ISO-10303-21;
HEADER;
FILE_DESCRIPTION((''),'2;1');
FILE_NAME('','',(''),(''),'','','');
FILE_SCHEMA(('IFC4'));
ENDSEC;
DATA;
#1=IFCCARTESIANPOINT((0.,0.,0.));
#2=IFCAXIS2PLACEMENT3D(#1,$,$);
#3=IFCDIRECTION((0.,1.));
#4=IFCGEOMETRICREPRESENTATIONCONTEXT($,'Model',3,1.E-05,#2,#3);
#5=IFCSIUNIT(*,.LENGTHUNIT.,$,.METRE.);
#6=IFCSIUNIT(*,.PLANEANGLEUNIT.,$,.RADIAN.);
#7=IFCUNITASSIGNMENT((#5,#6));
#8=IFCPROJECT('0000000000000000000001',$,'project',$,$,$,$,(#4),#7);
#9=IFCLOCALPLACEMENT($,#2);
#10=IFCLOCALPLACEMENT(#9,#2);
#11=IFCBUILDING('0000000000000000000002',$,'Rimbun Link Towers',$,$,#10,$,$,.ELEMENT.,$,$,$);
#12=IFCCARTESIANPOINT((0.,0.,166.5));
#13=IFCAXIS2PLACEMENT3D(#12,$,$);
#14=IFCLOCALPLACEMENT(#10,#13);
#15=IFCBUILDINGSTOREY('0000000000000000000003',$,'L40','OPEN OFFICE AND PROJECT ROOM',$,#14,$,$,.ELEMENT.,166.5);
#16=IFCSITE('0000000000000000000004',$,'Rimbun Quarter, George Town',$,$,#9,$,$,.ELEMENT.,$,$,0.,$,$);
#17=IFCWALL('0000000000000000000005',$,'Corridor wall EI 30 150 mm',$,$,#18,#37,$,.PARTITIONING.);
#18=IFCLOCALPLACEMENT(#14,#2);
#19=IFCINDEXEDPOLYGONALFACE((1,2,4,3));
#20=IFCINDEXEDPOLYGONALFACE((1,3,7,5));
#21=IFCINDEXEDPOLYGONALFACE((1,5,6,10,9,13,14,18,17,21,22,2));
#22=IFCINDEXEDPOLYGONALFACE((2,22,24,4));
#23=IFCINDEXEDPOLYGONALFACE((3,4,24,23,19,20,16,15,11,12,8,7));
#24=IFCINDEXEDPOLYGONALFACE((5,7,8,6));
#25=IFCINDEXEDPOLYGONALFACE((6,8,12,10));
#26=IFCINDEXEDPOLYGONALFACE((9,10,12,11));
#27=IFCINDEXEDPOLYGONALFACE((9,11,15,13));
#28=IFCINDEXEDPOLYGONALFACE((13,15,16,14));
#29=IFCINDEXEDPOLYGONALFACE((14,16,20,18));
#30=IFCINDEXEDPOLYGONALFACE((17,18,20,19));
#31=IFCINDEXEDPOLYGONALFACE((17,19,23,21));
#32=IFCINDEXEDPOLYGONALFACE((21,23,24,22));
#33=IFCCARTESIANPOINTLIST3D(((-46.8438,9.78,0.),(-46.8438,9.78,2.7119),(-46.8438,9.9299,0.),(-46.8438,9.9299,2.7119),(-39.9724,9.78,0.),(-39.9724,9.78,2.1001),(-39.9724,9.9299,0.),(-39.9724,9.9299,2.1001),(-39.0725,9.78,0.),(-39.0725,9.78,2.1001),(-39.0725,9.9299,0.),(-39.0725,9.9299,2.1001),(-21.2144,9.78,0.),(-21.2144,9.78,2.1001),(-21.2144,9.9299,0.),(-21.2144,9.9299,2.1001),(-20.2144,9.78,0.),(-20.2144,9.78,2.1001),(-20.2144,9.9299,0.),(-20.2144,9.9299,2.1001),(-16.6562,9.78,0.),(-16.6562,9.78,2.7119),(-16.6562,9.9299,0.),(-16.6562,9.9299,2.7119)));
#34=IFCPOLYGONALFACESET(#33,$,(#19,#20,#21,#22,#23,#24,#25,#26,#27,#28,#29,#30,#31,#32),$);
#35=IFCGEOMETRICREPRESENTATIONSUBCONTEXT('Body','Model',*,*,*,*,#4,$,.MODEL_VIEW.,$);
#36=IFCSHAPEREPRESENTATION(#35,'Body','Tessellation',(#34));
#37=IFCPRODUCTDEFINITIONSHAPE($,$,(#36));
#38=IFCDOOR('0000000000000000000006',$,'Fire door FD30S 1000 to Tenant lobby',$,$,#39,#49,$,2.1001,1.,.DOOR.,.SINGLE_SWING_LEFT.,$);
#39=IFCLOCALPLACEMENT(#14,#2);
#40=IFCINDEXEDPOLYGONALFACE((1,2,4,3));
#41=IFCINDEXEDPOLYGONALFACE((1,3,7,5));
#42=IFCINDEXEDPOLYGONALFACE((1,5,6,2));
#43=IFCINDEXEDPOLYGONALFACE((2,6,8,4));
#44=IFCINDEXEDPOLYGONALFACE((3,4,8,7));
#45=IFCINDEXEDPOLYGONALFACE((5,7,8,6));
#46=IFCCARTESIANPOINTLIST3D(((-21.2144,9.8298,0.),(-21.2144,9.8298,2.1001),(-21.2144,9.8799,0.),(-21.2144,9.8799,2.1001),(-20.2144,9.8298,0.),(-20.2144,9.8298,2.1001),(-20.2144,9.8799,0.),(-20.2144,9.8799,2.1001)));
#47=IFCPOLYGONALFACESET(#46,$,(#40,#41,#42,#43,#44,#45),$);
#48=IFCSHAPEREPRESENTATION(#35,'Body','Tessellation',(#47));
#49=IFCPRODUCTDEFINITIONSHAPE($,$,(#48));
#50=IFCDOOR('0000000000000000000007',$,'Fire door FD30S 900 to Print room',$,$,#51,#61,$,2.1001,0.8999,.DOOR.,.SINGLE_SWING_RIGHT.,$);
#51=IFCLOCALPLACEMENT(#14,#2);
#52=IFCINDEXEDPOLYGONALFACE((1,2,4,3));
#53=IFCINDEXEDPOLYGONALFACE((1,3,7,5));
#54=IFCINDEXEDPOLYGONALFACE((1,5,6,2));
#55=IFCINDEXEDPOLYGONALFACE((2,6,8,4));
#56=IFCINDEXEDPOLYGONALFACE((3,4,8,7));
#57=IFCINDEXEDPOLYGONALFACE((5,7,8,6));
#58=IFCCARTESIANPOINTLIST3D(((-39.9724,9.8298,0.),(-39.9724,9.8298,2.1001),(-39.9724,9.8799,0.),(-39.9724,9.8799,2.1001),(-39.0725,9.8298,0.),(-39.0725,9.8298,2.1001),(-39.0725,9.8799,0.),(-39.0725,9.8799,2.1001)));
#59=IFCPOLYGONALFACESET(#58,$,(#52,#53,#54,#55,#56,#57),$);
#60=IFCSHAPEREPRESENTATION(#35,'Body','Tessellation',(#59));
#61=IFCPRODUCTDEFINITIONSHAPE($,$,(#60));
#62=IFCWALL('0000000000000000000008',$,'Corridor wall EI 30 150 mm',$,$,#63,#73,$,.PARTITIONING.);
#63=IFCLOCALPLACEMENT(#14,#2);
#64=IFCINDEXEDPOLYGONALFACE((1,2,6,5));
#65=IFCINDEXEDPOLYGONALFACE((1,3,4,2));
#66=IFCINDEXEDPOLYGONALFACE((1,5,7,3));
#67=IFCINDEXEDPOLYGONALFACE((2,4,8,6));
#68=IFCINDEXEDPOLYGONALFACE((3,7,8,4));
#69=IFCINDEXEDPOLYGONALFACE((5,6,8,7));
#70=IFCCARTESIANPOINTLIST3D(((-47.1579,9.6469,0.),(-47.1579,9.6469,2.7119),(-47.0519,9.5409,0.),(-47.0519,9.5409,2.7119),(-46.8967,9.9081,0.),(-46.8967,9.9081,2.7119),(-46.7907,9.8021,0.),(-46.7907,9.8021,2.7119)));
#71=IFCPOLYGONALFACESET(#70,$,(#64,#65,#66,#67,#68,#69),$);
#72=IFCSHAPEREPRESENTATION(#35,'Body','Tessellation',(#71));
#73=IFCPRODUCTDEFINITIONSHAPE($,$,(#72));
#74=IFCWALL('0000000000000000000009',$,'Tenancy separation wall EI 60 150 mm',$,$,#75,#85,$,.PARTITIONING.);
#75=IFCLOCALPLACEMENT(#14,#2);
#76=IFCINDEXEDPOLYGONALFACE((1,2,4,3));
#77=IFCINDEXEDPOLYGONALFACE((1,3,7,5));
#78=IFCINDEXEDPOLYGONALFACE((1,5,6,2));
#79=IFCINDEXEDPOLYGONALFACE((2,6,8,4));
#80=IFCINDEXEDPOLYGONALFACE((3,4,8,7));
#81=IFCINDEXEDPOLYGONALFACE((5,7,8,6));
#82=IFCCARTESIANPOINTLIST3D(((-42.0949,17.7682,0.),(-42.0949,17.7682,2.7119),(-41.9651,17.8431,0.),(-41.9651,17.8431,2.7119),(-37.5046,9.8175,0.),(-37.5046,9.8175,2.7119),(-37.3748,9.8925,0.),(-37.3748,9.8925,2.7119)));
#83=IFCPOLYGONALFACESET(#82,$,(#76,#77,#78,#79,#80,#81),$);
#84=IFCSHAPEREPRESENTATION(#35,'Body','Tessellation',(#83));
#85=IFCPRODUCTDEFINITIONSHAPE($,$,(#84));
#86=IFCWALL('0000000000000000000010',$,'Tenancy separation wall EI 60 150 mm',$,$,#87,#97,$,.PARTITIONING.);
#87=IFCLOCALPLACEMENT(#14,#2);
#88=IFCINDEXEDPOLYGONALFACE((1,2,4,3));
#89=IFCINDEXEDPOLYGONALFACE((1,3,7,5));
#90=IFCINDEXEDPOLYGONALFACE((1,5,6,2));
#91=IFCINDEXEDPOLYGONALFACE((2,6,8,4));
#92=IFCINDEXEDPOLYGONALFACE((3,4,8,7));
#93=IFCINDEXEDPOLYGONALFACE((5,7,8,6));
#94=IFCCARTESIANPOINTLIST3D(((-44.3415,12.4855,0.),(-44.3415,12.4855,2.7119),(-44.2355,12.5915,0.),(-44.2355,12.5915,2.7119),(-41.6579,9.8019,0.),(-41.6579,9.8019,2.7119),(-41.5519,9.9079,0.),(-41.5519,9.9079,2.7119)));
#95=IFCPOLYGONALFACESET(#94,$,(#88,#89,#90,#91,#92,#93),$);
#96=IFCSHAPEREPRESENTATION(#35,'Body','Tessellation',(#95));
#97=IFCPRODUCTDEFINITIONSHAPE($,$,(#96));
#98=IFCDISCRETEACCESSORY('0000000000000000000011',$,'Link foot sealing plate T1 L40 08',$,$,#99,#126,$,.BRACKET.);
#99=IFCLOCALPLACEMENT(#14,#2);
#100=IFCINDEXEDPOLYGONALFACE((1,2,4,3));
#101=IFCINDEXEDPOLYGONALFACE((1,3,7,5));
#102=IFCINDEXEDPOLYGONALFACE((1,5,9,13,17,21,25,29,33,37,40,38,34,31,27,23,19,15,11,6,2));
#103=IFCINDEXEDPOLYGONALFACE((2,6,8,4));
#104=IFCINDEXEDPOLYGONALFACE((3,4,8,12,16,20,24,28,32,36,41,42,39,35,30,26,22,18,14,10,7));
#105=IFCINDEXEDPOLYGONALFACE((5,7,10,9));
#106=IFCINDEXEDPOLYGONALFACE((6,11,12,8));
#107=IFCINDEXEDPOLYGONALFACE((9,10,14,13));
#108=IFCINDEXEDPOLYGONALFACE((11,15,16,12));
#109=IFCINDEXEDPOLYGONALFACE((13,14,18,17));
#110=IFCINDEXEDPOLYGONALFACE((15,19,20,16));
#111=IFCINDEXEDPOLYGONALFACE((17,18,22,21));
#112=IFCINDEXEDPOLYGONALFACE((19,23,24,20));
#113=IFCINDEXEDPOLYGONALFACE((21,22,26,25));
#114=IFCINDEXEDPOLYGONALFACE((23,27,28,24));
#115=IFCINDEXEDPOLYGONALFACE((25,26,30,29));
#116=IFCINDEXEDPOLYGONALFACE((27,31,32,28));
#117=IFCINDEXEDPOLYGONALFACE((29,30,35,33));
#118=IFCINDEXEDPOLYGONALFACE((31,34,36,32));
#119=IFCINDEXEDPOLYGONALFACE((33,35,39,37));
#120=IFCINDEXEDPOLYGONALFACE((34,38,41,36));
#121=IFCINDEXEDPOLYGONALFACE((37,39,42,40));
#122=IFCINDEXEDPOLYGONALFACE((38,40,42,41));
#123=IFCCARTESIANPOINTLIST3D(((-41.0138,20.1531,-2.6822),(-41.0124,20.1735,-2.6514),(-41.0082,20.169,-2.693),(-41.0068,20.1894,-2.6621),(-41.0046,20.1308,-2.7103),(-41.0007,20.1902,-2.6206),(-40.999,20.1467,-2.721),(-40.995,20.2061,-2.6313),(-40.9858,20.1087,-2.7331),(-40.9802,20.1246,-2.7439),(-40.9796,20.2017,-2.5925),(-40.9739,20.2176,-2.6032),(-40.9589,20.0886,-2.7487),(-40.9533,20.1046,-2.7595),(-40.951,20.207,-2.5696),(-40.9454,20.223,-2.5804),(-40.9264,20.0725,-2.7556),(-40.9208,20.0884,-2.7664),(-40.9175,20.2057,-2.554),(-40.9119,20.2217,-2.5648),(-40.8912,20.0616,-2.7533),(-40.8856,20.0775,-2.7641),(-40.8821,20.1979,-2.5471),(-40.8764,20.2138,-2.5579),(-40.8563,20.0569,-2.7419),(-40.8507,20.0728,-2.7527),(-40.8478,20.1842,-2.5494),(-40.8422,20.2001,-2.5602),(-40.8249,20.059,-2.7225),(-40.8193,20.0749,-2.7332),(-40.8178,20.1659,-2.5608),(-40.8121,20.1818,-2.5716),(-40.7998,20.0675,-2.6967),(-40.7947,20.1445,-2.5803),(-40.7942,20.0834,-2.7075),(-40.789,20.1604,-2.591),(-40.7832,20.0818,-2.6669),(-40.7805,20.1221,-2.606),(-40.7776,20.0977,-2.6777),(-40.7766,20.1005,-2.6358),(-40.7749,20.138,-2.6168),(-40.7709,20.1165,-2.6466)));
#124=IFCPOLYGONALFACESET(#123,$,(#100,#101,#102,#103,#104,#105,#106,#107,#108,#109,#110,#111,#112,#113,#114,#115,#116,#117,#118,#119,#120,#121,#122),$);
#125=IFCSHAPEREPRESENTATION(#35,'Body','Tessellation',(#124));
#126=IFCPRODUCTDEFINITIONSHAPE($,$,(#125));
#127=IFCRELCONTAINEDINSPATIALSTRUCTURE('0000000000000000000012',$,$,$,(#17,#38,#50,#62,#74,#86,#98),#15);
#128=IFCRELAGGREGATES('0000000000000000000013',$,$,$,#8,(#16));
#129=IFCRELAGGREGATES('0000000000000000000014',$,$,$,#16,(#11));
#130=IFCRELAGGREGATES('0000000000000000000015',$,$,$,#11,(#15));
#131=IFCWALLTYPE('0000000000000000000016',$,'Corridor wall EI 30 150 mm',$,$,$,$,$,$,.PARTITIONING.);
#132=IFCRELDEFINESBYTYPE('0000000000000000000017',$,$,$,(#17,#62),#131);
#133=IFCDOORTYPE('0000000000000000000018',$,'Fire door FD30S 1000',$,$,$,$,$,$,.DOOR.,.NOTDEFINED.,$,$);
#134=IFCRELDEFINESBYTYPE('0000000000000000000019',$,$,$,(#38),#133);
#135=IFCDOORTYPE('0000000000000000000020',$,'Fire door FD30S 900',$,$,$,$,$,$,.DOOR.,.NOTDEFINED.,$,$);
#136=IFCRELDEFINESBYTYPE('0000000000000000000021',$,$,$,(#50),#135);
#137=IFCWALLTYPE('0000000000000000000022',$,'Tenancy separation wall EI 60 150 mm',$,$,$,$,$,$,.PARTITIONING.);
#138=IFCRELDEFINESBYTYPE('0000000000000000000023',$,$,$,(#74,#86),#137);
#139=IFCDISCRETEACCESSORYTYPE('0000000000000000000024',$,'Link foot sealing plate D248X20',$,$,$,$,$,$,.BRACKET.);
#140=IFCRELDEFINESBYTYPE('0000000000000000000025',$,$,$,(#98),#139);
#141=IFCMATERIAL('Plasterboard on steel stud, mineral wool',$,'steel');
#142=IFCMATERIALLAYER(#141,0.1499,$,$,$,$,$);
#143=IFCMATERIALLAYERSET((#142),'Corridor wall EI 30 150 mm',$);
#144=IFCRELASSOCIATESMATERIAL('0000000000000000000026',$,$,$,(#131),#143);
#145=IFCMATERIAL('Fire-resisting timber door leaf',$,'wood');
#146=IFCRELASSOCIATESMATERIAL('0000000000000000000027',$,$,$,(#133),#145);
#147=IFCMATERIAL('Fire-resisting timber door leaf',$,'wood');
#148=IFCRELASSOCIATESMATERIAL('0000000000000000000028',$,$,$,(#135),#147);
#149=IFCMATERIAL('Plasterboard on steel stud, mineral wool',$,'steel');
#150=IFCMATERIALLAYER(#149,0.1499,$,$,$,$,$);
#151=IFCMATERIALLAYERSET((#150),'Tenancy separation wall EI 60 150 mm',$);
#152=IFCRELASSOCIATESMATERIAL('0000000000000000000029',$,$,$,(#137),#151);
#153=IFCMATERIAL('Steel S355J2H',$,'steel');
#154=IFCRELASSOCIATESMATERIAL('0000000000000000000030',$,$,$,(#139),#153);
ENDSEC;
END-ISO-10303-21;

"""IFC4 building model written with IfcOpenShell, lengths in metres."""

from ifc_helpers import new_model, si_unit, direction, frame, frame_2d, origin, origin_2d, place, context, subcontext, project, spatial, rectangle, circle, extrude, material, layer, layer_set, material_profile, profile_set, type_object, element, fill, save


model = new_model("IFC4")

# Units and contexts
model_context = context("Model", 3, precision=1e-05, world=origin(), true_north=direction((0.0, 1.0)))
body_context = subcontext(model_context, "Body", "Model", "MODEL_VIEW")
ifc_project = project(units=[si_unit("LENGTHUNIT", "METRE"), si_unit("PLANEANGLEUNIT", "RADIAN")], contexts=[model_context])

# Site, building, storey
site_placement = place(None, origin())
site = spatial("IfcSite", under=ifc_project, at=site_placement, Name="Rimbun Quarter, George Town", CompositionType="ELEMENT", RefElevation=0.0)
building_placement = place(site_placement, origin())
building = spatial("IfcBuilding", under=site, at=building_placement, Name="Rimbun Link Towers", CompositionType="ELEMENT")
storey_placement = place(building_placement, frame((0.0, 0.0, 166.5)))
storey = spatial("IfcBuildingStorey", under=building, at=storey_placement, Name="L40", Description="OPEN OFFICE AND PROJECT ROOM", CompositionType="ELEMENT", Elevation=166.5)

# Wall, openings, doors
ifc_material_1 = material(Name="Plasterboard on steel stud, mineral wool", Category="steel")
ifc_layer_1 = layer(ifc_material_1, 0.1499)
ifc_layer_set_1 = layer_set([ifc_layer_1], Name="Corridor wall EI 30 150 mm")
wall_type_1 = type_object("IfcWallType", Name="Corridor wall EI 30 150 mm", PredefinedType="PARTITIONING", material=ifc_layer_set_1)
wall_1_placement = place(storey_placement, frame((-46.8438, 9.855, 0.0), z_axis=(0.0, 0.0, 1.0), x_axis=(1.0, 0.0, 0.0)))
wall_1 = element("IfcWall", 1, at=wall_1_placement, inside=storey, type_object=wall_type_1, Name="Corridor wall EI 30 150 mm", PredefinedType="PARTITIONING", context=body_context, shape_type="SweptSolid", body=[
    extrude(rectangle(XDim=30.1875, YDim=0.1499, at=frame_2d((15.0938, 0.0))), origin(), (0.0, 0.0, 1.0), 2.7119),
])
opening_1_placement = place(wall_1_placement, frame((25.6294, 0.0, 0.0)))
opening_1 = element("IfcOpeningElement", 2, at=opening_1_placement, cuts=wall_1, PredefinedType="OPENING", context=body_context, shape_type="SweptSolid", body=[
    extrude(rectangle(XDim=1.0, YDim=2.1001, at=frame_2d((0.5, 1.05))), frame((0.0, 0.085, 0.0), z_axis=(0.0, -1.0, 0.0), x_axis=(1.0, 0.0, 0.0)), (0.0, 0.0, 1.0), 0.1699),
])
opening_2_placement = place(wall_1_placement, frame((6.8713, 0.0, 0.0)))
opening_2 = element("IfcOpeningElement", 3, at=opening_2_placement, cuts=wall_1, PredefinedType="OPENING", context=body_context, shape_type="SweptSolid", body=[
    extrude(rectangle(XDim=0.8999, YDim=2.1001, at=frame_2d((0.45, 1.05))), frame((0.0, 0.085, 0.0), z_axis=(0.0, -1.0, 0.0), x_axis=(1.0, 0.0, 0.0)), (0.0, 0.0, 1.0), 0.1699),
])
ifc_material_2 = material(Name="Fire-resisting timber door leaf", Category="wood")
door_type_1 = type_object("IfcDoorType", Name="Fire door FD30S 1000", OperationType="NOTDEFINED", PredefinedType="DOOR", material=ifc_material_2)
door_1_placement = place(opening_1_placement, origin())
door_1 = element("IfcDoor", 4, at=door_1_placement, inside=storey, type_object=door_type_1, Name="Fire door FD30S 1000 to Tenant lobby", OperationType="SINGLE_SWING_LEFT", OverallHeight=2.1001, OverallWidth=1.0, PredefinedType="DOOR", context=body_context, shape_type="SweptSolid", body=[
    extrude(rectangle(XDim=1.0, YDim=2.1001, at=frame_2d((0.5, 1.05))), frame((0.0, 0.0249, 0.0), z_axis=(0.0, -1.0, 0.0), x_axis=(1.0, 0.0, 0.0)), (0.0, 0.0, 1.0), 0.05),
])
fill(opening_1, door_1)
ifc_material_3 = material(Name="Fire-resisting timber door leaf", Category="wood")
door_type_2 = type_object("IfcDoorType", Name="Fire door FD30S 900", OperationType="NOTDEFINED", PredefinedType="DOOR", material=ifc_material_3)
door_2_placement = place(opening_2_placement, origin())
door_2 = element("IfcDoor", 5, at=door_2_placement, inside=storey, type_object=door_type_2, Name="Fire door FD30S 900 to Print room", OperationType="SINGLE_SWING_RIGHT", OverallHeight=2.1001, OverallWidth=0.8999, PredefinedType="DOOR", context=body_context, shape_type="SweptSolid", body=[
    extrude(rectangle(XDim=0.8999, YDim=2.1001, at=frame_2d((0.45, 1.05))), frame((0.0, 0.0249, 0.0), z_axis=(0.0, -1.0, 0.0), x_axis=(1.0, 0.0, 0.0)), (0.0, 0.0, 1.0), 0.05),
])
fill(opening_2, door_2)

# Walls
wall_2_placement = place(storey_placement, frame((-46.8438, 9.855, 0.0), z_axis=(0.0, 0.0, 1.0), x_axis=(-0.707107, -0.707107, 0.0)))
element("IfcWall", 6, at=wall_2_placement, inside=storey, type_object=wall_type_1, Name="Corridor wall EI 30 150 mm", PredefinedType="PARTITIONING", context=body_context, shape_type="SweptSolid", body=[
    extrude(rectangle(XDim=0.3694, YDim=0.1499, at=frame_2d((0.1846, 0.0))), origin(), (0.0, 0.0, 1.0), 2.7119),
])
ifc_material_4 = material(Name="Plasterboard on steel stud, mineral wool", Category="steel")
ifc_layer_2 = layer(ifc_material_4, 0.1499)
ifc_layer_set_2 = layer_set([ifc_layer_2], Name="Tenancy separation wall EI 60 150 mm")
wall_type_2 = type_object("IfcWallType", Name="Tenancy separation wall EI 60 150 mm", PredefinedType="PARTITIONING", material=ifc_layer_set_2)
wall_3_placement = place(storey_placement, frame((-37.4397, 9.855, 0.0), z_axis=(0.0, 0.0, 1.0), x_axis=(-0.5, 0.866025, 0.0)))
element("IfcWall", 7, at=wall_3_placement, inside=storey, type_object=wall_type_2, Name="Tenancy separation wall EI 60 150 mm", PredefinedType="PARTITIONING", context=body_context, shape_type="SweptSolid", body=[
    extrude(rectangle(XDim=9.1807, YDim=0.1499, at=frame_2d((4.5903, 0.0))), origin(), (0.0, 0.0, 1.0), 2.7119),
])
wall_4_placement = place(storey_placement, frame((-41.605, 9.855, 0.0), z_axis=(0.0, 0.0, 1.0), x_axis=(-0.707107, 0.707107, 0.0)))
element("IfcWall", 8, at=wall_4_placement, inside=storey, type_object=wall_type_2, Name="Tenancy separation wall EI 60 150 mm", PredefinedType="PARTITIONING", context=body_context, shape_type="SweptSolid", body=[
    extrude(rectangle(XDim=3.7952, YDim=0.1499, at=frame_2d((1.8975, 0.0))), origin(), (0.0, 0.0, 1.0), 2.7119),
])

# Discrete accessory
ifc_material_5 = material(Name="Steel S355J2H", Category="steel")
ifc_material_profile_1 = material_profile(ifc_material_5, circle(Radius=0.124, at=origin_2d()), Name="PL D248")
ifc_profile_set_1 = profile_set([ifc_material_profile_1], Name="Steel S355J2H")
discrete_accessory_type = type_object("IfcDiscreteAccessoryType", Name="Link foot sealing plate D248X20", PredefinedType="BRACKET", material=ifc_profile_set_1)
discrete_accessory_placement = place(storey_placement, frame((-40.8955, 20.1321, -2.6514), z_axis=(0.2812, 0.794695, -0.537947), x_axis=(-0.942722, 0.333579, 0.0)))
element("IfcDiscreteAccessory", 9, at=discrete_accessory_placement, inside=storey, type_object=discrete_accessory_type, Name="Link foot sealing plate T1 L40 08", PredefinedType="BRACKET", context=body_context, shape_type="SweptSolid", body=[
    extrude(circle(Radius=0.124, at=origin_2d()), origin(), (0.0, 0.0, 1.0), 0.02),
])

save(model, "model.ifc")
